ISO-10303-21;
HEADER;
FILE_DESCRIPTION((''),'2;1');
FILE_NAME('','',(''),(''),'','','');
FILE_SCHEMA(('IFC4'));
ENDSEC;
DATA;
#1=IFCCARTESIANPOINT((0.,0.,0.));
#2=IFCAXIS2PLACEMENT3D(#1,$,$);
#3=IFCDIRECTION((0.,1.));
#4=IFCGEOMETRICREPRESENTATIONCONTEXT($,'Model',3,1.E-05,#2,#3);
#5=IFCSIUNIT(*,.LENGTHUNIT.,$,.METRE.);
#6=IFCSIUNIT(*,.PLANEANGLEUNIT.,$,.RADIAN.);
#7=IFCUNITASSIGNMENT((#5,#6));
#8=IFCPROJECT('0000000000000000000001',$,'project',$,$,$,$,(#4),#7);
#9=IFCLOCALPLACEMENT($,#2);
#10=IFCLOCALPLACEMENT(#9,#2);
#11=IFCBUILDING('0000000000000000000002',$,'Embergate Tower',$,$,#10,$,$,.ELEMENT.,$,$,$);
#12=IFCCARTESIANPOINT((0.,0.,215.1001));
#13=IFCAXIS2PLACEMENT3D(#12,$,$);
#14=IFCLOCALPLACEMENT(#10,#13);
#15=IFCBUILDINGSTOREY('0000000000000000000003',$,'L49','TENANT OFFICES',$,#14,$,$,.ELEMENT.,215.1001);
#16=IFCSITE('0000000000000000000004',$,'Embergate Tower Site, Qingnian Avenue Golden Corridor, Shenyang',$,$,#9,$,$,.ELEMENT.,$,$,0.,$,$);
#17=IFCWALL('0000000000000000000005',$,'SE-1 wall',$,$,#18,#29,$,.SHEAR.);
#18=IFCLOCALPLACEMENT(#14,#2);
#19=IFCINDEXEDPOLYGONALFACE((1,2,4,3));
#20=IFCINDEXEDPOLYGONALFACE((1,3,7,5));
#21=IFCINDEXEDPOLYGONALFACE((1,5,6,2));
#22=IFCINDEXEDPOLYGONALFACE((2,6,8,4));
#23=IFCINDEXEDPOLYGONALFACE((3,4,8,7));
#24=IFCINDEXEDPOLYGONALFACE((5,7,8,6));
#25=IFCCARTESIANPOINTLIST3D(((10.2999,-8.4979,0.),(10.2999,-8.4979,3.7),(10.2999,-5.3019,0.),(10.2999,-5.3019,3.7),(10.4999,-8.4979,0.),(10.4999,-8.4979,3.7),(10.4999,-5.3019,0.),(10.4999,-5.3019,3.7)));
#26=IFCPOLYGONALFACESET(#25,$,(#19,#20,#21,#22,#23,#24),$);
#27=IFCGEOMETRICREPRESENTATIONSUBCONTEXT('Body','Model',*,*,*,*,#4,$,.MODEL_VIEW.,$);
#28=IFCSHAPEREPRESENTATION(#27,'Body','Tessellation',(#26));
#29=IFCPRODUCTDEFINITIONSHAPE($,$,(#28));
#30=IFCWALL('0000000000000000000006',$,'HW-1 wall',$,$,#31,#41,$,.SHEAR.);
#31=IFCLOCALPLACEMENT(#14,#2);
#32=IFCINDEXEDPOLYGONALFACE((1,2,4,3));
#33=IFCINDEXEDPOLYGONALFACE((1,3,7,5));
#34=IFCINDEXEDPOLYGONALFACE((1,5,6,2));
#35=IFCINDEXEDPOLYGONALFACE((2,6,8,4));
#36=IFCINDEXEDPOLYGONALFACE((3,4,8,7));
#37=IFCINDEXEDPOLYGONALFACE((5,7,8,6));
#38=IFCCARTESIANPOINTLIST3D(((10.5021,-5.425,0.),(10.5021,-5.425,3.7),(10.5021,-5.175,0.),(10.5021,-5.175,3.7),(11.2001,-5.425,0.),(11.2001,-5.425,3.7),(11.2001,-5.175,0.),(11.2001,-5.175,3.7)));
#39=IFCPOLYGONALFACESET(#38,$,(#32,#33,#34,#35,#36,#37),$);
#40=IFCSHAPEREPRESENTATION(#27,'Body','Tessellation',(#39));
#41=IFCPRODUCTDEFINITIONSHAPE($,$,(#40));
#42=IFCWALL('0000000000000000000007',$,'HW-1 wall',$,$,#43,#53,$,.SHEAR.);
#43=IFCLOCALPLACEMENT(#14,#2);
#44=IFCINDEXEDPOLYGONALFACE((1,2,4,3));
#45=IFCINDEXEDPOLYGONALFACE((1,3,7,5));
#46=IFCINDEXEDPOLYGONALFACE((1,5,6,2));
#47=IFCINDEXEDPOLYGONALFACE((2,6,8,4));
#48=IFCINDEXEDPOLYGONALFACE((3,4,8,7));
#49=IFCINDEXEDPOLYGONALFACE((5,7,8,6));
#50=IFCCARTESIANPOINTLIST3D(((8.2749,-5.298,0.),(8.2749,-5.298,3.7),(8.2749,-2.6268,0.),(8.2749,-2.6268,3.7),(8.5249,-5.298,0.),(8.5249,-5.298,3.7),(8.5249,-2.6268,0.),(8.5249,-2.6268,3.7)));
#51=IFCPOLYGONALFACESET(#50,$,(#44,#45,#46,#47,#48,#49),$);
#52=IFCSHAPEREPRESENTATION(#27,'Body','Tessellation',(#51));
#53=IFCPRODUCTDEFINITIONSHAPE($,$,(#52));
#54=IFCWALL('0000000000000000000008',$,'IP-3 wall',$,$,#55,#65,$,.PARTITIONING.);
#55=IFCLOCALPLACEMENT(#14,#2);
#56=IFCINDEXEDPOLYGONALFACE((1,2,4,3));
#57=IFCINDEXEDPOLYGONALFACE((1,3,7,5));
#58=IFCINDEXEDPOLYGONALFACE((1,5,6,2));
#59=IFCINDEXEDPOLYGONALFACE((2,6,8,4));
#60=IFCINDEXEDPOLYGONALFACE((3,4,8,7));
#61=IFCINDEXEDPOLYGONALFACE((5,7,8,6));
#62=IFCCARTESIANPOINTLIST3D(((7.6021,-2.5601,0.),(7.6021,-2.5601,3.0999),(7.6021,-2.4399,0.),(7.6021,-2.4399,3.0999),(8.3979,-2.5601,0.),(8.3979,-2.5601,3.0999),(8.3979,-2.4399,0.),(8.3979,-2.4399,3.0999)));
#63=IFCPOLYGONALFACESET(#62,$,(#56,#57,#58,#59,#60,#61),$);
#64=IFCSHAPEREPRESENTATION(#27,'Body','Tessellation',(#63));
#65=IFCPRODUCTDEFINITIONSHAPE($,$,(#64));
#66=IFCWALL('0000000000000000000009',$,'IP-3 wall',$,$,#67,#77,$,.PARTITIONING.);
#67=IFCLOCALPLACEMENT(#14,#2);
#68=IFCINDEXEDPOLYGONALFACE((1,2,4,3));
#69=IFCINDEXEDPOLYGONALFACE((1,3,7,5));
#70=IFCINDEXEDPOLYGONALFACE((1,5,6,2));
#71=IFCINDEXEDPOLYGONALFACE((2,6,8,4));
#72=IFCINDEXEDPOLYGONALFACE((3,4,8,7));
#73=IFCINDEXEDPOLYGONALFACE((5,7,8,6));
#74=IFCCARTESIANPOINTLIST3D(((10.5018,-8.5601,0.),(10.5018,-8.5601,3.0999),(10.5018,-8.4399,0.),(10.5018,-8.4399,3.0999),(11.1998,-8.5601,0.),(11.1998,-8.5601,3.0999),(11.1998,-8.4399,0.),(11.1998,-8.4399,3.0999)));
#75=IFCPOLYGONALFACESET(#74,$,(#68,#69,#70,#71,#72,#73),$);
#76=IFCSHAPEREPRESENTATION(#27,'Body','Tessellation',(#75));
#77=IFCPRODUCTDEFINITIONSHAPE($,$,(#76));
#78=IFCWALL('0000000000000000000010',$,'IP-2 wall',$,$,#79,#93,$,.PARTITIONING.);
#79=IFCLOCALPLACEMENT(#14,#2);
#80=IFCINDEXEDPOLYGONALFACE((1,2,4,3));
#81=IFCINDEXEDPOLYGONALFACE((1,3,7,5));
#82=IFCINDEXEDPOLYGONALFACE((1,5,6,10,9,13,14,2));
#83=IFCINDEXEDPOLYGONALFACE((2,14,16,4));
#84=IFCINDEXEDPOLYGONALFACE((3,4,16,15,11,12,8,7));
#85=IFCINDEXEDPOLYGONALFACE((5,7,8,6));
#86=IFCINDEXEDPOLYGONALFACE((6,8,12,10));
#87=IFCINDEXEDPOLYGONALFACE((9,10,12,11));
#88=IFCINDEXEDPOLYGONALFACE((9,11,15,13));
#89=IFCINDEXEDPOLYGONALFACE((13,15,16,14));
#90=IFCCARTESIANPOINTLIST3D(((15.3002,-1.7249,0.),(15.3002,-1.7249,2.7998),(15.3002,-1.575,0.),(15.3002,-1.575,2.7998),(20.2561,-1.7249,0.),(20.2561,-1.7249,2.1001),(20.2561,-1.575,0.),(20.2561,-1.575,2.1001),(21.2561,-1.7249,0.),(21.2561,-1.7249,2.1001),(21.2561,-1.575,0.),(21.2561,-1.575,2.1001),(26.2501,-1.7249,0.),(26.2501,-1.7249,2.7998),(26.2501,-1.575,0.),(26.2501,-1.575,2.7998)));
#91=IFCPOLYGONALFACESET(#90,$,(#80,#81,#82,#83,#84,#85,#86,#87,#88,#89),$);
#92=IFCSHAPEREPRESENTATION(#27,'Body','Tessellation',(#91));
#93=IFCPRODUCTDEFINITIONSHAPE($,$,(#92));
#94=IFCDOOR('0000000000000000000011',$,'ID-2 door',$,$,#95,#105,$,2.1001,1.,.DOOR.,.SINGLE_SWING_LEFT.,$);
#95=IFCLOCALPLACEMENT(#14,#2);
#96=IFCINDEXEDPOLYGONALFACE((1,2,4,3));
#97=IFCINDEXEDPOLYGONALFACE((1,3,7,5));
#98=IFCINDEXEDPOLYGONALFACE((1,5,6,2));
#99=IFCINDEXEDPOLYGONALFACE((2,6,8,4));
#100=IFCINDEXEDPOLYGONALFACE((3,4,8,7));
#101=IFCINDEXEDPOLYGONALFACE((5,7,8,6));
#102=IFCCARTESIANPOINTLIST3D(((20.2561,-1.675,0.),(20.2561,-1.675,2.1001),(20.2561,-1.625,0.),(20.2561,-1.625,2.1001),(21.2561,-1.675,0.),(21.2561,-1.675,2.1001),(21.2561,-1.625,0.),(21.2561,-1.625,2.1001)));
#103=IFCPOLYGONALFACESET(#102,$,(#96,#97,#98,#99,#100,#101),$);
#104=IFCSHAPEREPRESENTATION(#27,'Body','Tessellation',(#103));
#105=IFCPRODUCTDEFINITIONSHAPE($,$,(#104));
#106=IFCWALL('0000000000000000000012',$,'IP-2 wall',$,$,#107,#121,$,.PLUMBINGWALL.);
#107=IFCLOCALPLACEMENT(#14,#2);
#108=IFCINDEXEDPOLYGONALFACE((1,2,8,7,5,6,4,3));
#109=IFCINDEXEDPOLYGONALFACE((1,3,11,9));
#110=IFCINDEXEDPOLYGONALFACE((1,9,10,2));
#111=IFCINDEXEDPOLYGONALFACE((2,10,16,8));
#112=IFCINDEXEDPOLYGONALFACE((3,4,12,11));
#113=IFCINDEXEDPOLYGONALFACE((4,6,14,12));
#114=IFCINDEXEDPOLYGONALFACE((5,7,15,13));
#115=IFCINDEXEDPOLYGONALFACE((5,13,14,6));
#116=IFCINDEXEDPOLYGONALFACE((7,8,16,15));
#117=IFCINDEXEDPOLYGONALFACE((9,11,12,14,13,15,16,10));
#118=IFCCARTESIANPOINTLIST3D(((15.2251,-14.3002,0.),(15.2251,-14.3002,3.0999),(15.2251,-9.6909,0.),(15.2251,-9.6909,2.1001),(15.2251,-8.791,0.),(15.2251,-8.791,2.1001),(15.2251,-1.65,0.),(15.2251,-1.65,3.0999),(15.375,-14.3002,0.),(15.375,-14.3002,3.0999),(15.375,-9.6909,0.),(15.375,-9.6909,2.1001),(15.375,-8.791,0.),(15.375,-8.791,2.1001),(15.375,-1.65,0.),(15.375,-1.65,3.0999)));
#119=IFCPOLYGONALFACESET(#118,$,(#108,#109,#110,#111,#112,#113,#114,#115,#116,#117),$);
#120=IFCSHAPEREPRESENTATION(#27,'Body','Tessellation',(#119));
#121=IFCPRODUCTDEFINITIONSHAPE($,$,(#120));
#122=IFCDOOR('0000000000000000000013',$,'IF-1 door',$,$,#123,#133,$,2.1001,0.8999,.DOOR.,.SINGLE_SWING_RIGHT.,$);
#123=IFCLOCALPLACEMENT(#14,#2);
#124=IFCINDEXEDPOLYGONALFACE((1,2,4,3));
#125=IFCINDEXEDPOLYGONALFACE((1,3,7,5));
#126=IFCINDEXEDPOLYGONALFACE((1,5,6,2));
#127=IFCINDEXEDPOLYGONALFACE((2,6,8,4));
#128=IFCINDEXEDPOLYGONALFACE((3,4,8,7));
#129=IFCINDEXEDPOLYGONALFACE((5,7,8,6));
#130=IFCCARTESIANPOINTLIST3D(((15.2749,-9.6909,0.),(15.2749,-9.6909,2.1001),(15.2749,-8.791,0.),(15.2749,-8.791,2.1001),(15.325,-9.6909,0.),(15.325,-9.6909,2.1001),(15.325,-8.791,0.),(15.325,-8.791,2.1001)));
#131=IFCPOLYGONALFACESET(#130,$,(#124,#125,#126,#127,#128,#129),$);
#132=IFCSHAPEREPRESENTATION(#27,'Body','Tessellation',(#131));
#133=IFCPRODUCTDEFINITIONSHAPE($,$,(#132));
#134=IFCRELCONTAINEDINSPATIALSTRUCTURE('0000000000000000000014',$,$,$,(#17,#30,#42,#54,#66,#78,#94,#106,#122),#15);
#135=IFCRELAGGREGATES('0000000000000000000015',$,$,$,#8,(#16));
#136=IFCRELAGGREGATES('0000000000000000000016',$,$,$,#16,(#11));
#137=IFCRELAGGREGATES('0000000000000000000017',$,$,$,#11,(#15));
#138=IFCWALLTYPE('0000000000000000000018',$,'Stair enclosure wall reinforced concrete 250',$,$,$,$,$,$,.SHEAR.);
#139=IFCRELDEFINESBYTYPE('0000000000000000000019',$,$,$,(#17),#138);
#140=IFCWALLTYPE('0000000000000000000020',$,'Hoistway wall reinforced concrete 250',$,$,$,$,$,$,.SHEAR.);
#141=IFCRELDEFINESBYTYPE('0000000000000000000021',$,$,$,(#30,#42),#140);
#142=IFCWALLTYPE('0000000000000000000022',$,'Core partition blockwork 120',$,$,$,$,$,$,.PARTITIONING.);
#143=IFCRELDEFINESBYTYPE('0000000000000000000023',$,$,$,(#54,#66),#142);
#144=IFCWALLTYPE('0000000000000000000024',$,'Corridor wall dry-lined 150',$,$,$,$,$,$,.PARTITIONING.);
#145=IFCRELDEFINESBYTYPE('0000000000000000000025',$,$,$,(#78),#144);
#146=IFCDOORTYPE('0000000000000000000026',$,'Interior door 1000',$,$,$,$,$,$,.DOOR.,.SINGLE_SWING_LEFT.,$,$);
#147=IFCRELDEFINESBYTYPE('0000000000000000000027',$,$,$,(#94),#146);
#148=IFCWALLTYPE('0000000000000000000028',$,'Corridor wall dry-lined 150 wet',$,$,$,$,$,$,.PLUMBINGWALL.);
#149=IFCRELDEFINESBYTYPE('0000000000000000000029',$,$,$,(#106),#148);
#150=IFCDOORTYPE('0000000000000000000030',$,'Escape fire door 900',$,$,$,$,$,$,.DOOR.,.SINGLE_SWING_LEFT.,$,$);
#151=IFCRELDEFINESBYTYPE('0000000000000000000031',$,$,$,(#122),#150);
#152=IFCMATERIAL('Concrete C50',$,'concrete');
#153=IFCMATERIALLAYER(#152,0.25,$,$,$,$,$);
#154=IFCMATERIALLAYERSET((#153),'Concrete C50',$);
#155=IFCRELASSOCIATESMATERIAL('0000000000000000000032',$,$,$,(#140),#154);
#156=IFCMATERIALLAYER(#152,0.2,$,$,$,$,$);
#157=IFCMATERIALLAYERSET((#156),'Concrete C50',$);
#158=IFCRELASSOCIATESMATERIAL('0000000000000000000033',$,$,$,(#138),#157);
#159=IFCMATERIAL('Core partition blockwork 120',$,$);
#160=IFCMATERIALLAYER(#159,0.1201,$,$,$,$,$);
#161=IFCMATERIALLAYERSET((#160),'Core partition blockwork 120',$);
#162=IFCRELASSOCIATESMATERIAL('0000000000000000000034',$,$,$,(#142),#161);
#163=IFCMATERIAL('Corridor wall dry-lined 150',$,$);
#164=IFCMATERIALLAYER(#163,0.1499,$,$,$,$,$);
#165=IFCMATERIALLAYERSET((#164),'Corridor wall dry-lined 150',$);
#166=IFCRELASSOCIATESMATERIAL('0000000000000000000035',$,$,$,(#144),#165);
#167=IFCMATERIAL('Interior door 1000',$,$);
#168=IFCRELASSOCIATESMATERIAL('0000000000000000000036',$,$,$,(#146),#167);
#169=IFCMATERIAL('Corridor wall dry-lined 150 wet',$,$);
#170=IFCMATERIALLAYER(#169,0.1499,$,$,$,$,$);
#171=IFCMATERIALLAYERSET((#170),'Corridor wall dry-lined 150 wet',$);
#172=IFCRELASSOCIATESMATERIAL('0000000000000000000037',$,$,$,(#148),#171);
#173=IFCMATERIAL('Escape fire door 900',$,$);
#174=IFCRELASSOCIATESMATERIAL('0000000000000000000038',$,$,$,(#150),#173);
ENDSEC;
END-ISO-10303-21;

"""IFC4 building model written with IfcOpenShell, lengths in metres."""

from ifc_helpers import new_model, si_unit, direction, frame, frame_2d, origin, place, context, subcontext, project, spatial, rectangle, extrude, source, transform, mapped, material, layer, layer_set, type_object, element, fill, save


model = new_model("IFC4")

# Units and contexts
model_context = context("Model", 3, precision=1e-05, world=origin(), true_north=direction((0.0, 1.0)))
body_context = subcontext(model_context, "Body", "Model", "MODEL_VIEW")
ifc_project = project(units=[si_unit("LENGTHUNIT", "METRE"), si_unit("PLANEANGLEUNIT", "RADIAN")], contexts=[model_context])

# Site, building, storey
site_placement = place(None, origin())
site = spatial("IfcSite", under=ifc_project, at=site_placement, Name="Embergate Tower Site, Qingnian Avenue Golden Corridor, Shenyang", CompositionType="ELEMENT", RefElevation=0.0)
building_placement = place(site_placement, origin())
building = spatial("IfcBuilding", under=site, at=building_placement, Name="Embergate Tower", CompositionType="ELEMENT")
storey_placement = place(building_placement, frame((0.0, 0.0, 215.1001)))
storey = spatial("IfcBuildingStorey", under=building, at=storey_placement, Name="L49", Description="TENANT OFFICES", CompositionType="ELEMENT", Elevation=215.1001)

# Shared definitions
shared_shape_1 = source(origin(), body_context, "Body", "SweptSolid", [
    extrude(rectangle(XDim=1.0, YDim=2.1001, at=frame_2d((0.5, 1.05))), frame((0.0, 0.0249, 0.0), z_axis=(0.0, -1.0, 0.0), x_axis=(1.0, 0.0, 0.0)), (0.0, 0.0, 1.0), 0.05),
])

# Shared definitions
ifc_material_1 = material(Name="Concrete C50", Category="concrete")
ifc_layer_1 = layer(ifc_material_1, 0.25)
ifc_layer_set_1 = layer_set([ifc_layer_1], Name="Concrete C50")
wall_type_1 = type_object("IfcWallType", Name="Hoistway wall reinforced concrete 250", PredefinedType="SHEAR", material=ifc_layer_set_1)

# Walls
ifc_layer_2 = layer(ifc_material_1, 0.2)
ifc_layer_set_2 = layer_set([ifc_layer_2], Name="Concrete C50")
wall_type_2 = type_object("IfcWallType", Name="Stair enclosure wall reinforced concrete 250", PredefinedType="SHEAR", material=ifc_layer_set_2)
shared_shape_2 = source(origin(), body_context, "Body", "SweptSolid", [
    extrude(rectangle(XDim=3.196, YDim=0.2, at=frame_2d((1.5981, 0.0))), origin(), (0.0, 0.0, 1.0), 3.7),
])
wall_1_placement = place(storey_placement, frame((10.3999, -8.498, 0.0), z_axis=(0.0, 0.0, 1.0), x_axis=(0.0, 1.0, 0.0)))
element("IfcWall", 1, at=wall_1_placement, inside=storey, type_object=wall_type_2, Name="SE-1 wall", PredefinedType="SHEAR", context=body_context, shape_type="MappedRepresentation", body=[
    mapped(shared_shape_2, transform((0.0, 0.0, 0.0))),
])
shared_shape_3 = source(origin(), body_context, "Body", "SweptSolid", [
    extrude(rectangle(XDim=0.698, YDim=0.25, at=frame_2d((0.3491, 0.0))), origin(), (0.0, 0.0, 1.0), 3.7),
])
wall_2_placement = place(storey_placement, frame((10.502, -5.3, 0.0), z_axis=(0.0, 0.0, 1.0), x_axis=(1.0, 0.0, 0.0)))
element("IfcWall", 2, at=wall_2_placement, inside=storey, type_object=wall_type_1, Name="HW-1 wall", PredefinedType="SHEAR", context=body_context, shape_type="MappedRepresentation", body=[
    mapped(shared_shape_3, transform((0.0, 0.0, 0.0))),
])
shared_shape_4 = source(origin(), body_context, "Body", "SweptSolid", [
    extrude(rectangle(XDim=2.6711, YDim=0.25, at=frame_2d((1.3354, 0.0))), origin(), (0.0, 0.0, 1.0), 3.7),
])
wall_3_placement = place(storey_placement, frame((8.3999, -2.627, 0.0), z_axis=(0.0, 0.0, 1.0), x_axis=(0.0, -1.0, 0.0)))
element("IfcWall", 3, at=wall_3_placement, inside=storey, type_object=wall_type_1, Name="HW-1 wall", PredefinedType="SHEAR", context=body_context, shape_type="MappedRepresentation", body=[
    mapped(shared_shape_4, transform((0.0, 0.0, 0.0))),
])
ifc_material_2 = material(Name="Core partition blockwork 120")
ifc_layer_3 = layer(ifc_material_2, 0.1201)
ifc_layer_set_3 = layer_set([ifc_layer_3], Name="Core partition blockwork 120")
wall_type_3 = type_object("IfcWallType", Name="Core partition blockwork 120", PredefinedType="PARTITIONING", material=ifc_layer_set_3)
shared_shape_5 = source(origin(), body_context, "Body", "SweptSolid", [
    extrude(rectangle(XDim=0.7959, YDim=0.1201, at=frame_2d((0.3979, 0.0))), origin(), (0.0, 0.0, 1.0), 3.0999),
])
wall_4_placement = place(storey_placement, frame((7.6021, -2.5, 0.0), z_axis=(0.0, 0.0, 1.0), x_axis=(1.0, 0.0, 0.0)))
element("IfcWall", 4, at=wall_4_placement, inside=storey, type_object=wall_type_3, Name="IP-3 wall", PredefinedType="PARTITIONING", context=body_context, shape_type="MappedRepresentation", body=[
    mapped(shared_shape_5, transform((0.0, 0.0, 0.0))),
])
shared_shape_6 = source(origin(), body_context, "Body", "SweptSolid", [
    extrude(rectangle(XDim=0.698, YDim=0.1201, at=frame_2d((0.3491, 0.0))), origin(), (0.0, 0.0, 1.0), 3.0999),
])
wall_5_placement = place(storey_placement, frame((11.2, -8.5, 0.0), z_axis=(0.0, 0.0, 1.0), x_axis=(-1.0, 0.0, 0.0)))
element("IfcWall", 5, at=wall_5_placement, inside=storey, type_object=wall_type_3, Name="IP-3 wall", PredefinedType="PARTITIONING", context=body_context, shape_type="MappedRepresentation", body=[
    mapped(shared_shape_6, transform((0.0, 0.0, 0.0))),
])

# Walls, openings, doors
ifc_material_3 = material(Name="Corridor wall dry-lined 150")
ifc_layer_4 = layer(ifc_material_3, 0.1499)
ifc_layer_set_4 = layer_set([ifc_layer_4], Name="Corridor wall dry-lined 150")
wall_type_4 = type_object("IfcWallType", Name="Corridor wall dry-lined 150", PredefinedType="PARTITIONING", material=ifc_layer_set_4)
shared_shape_7 = source(origin(), body_context, "Body", "SweptSolid", [
    extrude(rectangle(XDim=10.95, YDim=0.1499, at=frame_2d((5.4751, 0.0))), origin(), (0.0, 0.0, 1.0), 2.7998),
])
wall_6_placement = place(storey_placement, frame((15.3, -1.6499, 0.0), z_axis=(0.0, 0.0, 1.0), x_axis=(1.0, 0.0, 0.0)))
wall_6 = element("IfcWall", 6, at=wall_6_placement, inside=storey, type_object=wall_type_4, Name="IP-2 wall", PredefinedType="PARTITIONING", context=body_context, shape_type="MappedRepresentation", body=[
    mapped(shared_shape_7, transform((0.0, 0.0, 0.0))),
])
shared_shape_8 = source(origin(), body_context, "Body", "SweptSolid", [
    extrude(rectangle(XDim=1.0, YDim=2.1001, at=frame_2d((0.5, 1.05))), frame((0.0, 0.085, 0.0), z_axis=(0.0, -1.0, 0.0), x_axis=(1.0, 0.0, 0.0)), (0.0, 0.0, 1.0), 0.1699),
])
opening_1_placement = place(wall_6_placement, frame((4.9561, 0.0, 0.0)))
opening_1 = element("IfcOpeningElement", 7, at=opening_1_placement, cuts=wall_6, PredefinedType="OPENING", context=body_context, shape_type="MappedRepresentation", body=[
    mapped(shared_shape_8, transform((0.0, 0.0, 0.0))),
])
ifc_material_4 = material(Name="Interior door 1000")
door_type_1 = type_object("IfcDoorType", Name="Interior door 1000", OperationType="SINGLE_SWING_LEFT", PredefinedType="DOOR", material=ifc_material_4)
door_1_placement = place(opening_1_placement, origin())
door_1 = element("IfcDoor", 8, at=door_1_placement, inside=storey, type_object=door_type_1, Name="ID-2 door", OperationType="SINGLE_SWING_LEFT", OverallHeight=2.1001, OverallWidth=1.0, PredefinedType="DOOR", context=body_context, shape_type="MappedRepresentation", body=[
    mapped(shared_shape_1, transform((0.0, 0.0, 0.0))),
])
fill(opening_1, door_1)
ifc_material_5 = material(Name="Corridor wall dry-lined 150 wet")
ifc_layer_5 = layer(ifc_material_5, 0.1499)
ifc_layer_set_5 = layer_set([ifc_layer_5], Name="Corridor wall dry-lined 150 wet")
wall_type_5 = type_object("IfcWallType", Name="Corridor wall dry-lined 150 wet", PredefinedType="PLUMBINGWALL", material=ifc_layer_set_5)
shared_shape_9 = source(origin(), body_context, "Body", "SweptSolid", [
    extrude(rectangle(XDim=12.6501, YDim=0.1499, at=frame_2d((6.3252, 0.0))), origin(), (0.0, 0.0, 1.0), 3.0999),
])
wall_7_placement = place(storey_placement, frame((15.3, -1.6499, 0.0), z_axis=(0.0, 0.0, 1.0), x_axis=(0.0, -1.0, 0.0)))
wall_7 = element("IfcWall", 9, at=wall_7_placement, inside=storey, type_object=wall_type_5, Name="IP-2 wall", PredefinedType="PLUMBINGWALL", context=body_context, shape_type="MappedRepresentation", body=[
    mapped(shared_shape_9, transform((0.0, 0.0, 0.0))),
])
shared_shape_10 = source(origin(), body_context, "Body", "SweptSolid", [
    extrude(rectangle(XDim=0.8999, YDim=2.1001, at=frame_2d((0.45, 1.05))), frame((0.0, 0.085, 0.0), z_axis=(0.0, -1.0, 0.0), x_axis=(1.0, 0.0, 0.0)), (0.0, 0.0, 1.0), 0.1699),
])
opening_2_placement = place(wall_7_placement, frame((7.1411, 0.0, 0.0)))
opening_2 = element("IfcOpeningElement", 10, at=opening_2_placement, cuts=wall_7, PredefinedType="OPENING", context=body_context, shape_type="MappedRepresentation", body=[
    mapped(shared_shape_10, transform((0.0, 0.0, 0.0))),
])
ifc_material_6 = material(Name="Escape fire door 900")
door_type_2 = type_object("IfcDoorType", Name="Escape fire door 900", OperationType="SINGLE_SWING_LEFT", PredefinedType="DOOR", material=ifc_material_6)
shared_shape_11 = source(origin(), body_context, "Body", "SweptSolid", [
    extrude(rectangle(XDim=0.8999, YDim=2.1001, at=frame_2d((0.45, 1.05))), frame((0.0, 0.0249, 0.0), z_axis=(0.0, -1.0, 0.0), x_axis=(1.0, 0.0, 0.0)), (0.0, 0.0, 1.0), 0.05),
])
door_2_placement = place(opening_2_placement, origin())
door_2 = element("IfcDoor", 11, at=door_2_placement, inside=storey, type_object=door_type_2, Name="IF-1 door", OperationType="SINGLE_SWING_RIGHT", OverallHeight=2.1001, OverallWidth=0.8999, PredefinedType="DOOR", context=body_context, shape_type="MappedRepresentation", body=[
    mapped(shared_shape_11, transform((0.0, 0.0, 0.0))),
])
fill(opening_2, door_2)

save(model, "model.ifc")
